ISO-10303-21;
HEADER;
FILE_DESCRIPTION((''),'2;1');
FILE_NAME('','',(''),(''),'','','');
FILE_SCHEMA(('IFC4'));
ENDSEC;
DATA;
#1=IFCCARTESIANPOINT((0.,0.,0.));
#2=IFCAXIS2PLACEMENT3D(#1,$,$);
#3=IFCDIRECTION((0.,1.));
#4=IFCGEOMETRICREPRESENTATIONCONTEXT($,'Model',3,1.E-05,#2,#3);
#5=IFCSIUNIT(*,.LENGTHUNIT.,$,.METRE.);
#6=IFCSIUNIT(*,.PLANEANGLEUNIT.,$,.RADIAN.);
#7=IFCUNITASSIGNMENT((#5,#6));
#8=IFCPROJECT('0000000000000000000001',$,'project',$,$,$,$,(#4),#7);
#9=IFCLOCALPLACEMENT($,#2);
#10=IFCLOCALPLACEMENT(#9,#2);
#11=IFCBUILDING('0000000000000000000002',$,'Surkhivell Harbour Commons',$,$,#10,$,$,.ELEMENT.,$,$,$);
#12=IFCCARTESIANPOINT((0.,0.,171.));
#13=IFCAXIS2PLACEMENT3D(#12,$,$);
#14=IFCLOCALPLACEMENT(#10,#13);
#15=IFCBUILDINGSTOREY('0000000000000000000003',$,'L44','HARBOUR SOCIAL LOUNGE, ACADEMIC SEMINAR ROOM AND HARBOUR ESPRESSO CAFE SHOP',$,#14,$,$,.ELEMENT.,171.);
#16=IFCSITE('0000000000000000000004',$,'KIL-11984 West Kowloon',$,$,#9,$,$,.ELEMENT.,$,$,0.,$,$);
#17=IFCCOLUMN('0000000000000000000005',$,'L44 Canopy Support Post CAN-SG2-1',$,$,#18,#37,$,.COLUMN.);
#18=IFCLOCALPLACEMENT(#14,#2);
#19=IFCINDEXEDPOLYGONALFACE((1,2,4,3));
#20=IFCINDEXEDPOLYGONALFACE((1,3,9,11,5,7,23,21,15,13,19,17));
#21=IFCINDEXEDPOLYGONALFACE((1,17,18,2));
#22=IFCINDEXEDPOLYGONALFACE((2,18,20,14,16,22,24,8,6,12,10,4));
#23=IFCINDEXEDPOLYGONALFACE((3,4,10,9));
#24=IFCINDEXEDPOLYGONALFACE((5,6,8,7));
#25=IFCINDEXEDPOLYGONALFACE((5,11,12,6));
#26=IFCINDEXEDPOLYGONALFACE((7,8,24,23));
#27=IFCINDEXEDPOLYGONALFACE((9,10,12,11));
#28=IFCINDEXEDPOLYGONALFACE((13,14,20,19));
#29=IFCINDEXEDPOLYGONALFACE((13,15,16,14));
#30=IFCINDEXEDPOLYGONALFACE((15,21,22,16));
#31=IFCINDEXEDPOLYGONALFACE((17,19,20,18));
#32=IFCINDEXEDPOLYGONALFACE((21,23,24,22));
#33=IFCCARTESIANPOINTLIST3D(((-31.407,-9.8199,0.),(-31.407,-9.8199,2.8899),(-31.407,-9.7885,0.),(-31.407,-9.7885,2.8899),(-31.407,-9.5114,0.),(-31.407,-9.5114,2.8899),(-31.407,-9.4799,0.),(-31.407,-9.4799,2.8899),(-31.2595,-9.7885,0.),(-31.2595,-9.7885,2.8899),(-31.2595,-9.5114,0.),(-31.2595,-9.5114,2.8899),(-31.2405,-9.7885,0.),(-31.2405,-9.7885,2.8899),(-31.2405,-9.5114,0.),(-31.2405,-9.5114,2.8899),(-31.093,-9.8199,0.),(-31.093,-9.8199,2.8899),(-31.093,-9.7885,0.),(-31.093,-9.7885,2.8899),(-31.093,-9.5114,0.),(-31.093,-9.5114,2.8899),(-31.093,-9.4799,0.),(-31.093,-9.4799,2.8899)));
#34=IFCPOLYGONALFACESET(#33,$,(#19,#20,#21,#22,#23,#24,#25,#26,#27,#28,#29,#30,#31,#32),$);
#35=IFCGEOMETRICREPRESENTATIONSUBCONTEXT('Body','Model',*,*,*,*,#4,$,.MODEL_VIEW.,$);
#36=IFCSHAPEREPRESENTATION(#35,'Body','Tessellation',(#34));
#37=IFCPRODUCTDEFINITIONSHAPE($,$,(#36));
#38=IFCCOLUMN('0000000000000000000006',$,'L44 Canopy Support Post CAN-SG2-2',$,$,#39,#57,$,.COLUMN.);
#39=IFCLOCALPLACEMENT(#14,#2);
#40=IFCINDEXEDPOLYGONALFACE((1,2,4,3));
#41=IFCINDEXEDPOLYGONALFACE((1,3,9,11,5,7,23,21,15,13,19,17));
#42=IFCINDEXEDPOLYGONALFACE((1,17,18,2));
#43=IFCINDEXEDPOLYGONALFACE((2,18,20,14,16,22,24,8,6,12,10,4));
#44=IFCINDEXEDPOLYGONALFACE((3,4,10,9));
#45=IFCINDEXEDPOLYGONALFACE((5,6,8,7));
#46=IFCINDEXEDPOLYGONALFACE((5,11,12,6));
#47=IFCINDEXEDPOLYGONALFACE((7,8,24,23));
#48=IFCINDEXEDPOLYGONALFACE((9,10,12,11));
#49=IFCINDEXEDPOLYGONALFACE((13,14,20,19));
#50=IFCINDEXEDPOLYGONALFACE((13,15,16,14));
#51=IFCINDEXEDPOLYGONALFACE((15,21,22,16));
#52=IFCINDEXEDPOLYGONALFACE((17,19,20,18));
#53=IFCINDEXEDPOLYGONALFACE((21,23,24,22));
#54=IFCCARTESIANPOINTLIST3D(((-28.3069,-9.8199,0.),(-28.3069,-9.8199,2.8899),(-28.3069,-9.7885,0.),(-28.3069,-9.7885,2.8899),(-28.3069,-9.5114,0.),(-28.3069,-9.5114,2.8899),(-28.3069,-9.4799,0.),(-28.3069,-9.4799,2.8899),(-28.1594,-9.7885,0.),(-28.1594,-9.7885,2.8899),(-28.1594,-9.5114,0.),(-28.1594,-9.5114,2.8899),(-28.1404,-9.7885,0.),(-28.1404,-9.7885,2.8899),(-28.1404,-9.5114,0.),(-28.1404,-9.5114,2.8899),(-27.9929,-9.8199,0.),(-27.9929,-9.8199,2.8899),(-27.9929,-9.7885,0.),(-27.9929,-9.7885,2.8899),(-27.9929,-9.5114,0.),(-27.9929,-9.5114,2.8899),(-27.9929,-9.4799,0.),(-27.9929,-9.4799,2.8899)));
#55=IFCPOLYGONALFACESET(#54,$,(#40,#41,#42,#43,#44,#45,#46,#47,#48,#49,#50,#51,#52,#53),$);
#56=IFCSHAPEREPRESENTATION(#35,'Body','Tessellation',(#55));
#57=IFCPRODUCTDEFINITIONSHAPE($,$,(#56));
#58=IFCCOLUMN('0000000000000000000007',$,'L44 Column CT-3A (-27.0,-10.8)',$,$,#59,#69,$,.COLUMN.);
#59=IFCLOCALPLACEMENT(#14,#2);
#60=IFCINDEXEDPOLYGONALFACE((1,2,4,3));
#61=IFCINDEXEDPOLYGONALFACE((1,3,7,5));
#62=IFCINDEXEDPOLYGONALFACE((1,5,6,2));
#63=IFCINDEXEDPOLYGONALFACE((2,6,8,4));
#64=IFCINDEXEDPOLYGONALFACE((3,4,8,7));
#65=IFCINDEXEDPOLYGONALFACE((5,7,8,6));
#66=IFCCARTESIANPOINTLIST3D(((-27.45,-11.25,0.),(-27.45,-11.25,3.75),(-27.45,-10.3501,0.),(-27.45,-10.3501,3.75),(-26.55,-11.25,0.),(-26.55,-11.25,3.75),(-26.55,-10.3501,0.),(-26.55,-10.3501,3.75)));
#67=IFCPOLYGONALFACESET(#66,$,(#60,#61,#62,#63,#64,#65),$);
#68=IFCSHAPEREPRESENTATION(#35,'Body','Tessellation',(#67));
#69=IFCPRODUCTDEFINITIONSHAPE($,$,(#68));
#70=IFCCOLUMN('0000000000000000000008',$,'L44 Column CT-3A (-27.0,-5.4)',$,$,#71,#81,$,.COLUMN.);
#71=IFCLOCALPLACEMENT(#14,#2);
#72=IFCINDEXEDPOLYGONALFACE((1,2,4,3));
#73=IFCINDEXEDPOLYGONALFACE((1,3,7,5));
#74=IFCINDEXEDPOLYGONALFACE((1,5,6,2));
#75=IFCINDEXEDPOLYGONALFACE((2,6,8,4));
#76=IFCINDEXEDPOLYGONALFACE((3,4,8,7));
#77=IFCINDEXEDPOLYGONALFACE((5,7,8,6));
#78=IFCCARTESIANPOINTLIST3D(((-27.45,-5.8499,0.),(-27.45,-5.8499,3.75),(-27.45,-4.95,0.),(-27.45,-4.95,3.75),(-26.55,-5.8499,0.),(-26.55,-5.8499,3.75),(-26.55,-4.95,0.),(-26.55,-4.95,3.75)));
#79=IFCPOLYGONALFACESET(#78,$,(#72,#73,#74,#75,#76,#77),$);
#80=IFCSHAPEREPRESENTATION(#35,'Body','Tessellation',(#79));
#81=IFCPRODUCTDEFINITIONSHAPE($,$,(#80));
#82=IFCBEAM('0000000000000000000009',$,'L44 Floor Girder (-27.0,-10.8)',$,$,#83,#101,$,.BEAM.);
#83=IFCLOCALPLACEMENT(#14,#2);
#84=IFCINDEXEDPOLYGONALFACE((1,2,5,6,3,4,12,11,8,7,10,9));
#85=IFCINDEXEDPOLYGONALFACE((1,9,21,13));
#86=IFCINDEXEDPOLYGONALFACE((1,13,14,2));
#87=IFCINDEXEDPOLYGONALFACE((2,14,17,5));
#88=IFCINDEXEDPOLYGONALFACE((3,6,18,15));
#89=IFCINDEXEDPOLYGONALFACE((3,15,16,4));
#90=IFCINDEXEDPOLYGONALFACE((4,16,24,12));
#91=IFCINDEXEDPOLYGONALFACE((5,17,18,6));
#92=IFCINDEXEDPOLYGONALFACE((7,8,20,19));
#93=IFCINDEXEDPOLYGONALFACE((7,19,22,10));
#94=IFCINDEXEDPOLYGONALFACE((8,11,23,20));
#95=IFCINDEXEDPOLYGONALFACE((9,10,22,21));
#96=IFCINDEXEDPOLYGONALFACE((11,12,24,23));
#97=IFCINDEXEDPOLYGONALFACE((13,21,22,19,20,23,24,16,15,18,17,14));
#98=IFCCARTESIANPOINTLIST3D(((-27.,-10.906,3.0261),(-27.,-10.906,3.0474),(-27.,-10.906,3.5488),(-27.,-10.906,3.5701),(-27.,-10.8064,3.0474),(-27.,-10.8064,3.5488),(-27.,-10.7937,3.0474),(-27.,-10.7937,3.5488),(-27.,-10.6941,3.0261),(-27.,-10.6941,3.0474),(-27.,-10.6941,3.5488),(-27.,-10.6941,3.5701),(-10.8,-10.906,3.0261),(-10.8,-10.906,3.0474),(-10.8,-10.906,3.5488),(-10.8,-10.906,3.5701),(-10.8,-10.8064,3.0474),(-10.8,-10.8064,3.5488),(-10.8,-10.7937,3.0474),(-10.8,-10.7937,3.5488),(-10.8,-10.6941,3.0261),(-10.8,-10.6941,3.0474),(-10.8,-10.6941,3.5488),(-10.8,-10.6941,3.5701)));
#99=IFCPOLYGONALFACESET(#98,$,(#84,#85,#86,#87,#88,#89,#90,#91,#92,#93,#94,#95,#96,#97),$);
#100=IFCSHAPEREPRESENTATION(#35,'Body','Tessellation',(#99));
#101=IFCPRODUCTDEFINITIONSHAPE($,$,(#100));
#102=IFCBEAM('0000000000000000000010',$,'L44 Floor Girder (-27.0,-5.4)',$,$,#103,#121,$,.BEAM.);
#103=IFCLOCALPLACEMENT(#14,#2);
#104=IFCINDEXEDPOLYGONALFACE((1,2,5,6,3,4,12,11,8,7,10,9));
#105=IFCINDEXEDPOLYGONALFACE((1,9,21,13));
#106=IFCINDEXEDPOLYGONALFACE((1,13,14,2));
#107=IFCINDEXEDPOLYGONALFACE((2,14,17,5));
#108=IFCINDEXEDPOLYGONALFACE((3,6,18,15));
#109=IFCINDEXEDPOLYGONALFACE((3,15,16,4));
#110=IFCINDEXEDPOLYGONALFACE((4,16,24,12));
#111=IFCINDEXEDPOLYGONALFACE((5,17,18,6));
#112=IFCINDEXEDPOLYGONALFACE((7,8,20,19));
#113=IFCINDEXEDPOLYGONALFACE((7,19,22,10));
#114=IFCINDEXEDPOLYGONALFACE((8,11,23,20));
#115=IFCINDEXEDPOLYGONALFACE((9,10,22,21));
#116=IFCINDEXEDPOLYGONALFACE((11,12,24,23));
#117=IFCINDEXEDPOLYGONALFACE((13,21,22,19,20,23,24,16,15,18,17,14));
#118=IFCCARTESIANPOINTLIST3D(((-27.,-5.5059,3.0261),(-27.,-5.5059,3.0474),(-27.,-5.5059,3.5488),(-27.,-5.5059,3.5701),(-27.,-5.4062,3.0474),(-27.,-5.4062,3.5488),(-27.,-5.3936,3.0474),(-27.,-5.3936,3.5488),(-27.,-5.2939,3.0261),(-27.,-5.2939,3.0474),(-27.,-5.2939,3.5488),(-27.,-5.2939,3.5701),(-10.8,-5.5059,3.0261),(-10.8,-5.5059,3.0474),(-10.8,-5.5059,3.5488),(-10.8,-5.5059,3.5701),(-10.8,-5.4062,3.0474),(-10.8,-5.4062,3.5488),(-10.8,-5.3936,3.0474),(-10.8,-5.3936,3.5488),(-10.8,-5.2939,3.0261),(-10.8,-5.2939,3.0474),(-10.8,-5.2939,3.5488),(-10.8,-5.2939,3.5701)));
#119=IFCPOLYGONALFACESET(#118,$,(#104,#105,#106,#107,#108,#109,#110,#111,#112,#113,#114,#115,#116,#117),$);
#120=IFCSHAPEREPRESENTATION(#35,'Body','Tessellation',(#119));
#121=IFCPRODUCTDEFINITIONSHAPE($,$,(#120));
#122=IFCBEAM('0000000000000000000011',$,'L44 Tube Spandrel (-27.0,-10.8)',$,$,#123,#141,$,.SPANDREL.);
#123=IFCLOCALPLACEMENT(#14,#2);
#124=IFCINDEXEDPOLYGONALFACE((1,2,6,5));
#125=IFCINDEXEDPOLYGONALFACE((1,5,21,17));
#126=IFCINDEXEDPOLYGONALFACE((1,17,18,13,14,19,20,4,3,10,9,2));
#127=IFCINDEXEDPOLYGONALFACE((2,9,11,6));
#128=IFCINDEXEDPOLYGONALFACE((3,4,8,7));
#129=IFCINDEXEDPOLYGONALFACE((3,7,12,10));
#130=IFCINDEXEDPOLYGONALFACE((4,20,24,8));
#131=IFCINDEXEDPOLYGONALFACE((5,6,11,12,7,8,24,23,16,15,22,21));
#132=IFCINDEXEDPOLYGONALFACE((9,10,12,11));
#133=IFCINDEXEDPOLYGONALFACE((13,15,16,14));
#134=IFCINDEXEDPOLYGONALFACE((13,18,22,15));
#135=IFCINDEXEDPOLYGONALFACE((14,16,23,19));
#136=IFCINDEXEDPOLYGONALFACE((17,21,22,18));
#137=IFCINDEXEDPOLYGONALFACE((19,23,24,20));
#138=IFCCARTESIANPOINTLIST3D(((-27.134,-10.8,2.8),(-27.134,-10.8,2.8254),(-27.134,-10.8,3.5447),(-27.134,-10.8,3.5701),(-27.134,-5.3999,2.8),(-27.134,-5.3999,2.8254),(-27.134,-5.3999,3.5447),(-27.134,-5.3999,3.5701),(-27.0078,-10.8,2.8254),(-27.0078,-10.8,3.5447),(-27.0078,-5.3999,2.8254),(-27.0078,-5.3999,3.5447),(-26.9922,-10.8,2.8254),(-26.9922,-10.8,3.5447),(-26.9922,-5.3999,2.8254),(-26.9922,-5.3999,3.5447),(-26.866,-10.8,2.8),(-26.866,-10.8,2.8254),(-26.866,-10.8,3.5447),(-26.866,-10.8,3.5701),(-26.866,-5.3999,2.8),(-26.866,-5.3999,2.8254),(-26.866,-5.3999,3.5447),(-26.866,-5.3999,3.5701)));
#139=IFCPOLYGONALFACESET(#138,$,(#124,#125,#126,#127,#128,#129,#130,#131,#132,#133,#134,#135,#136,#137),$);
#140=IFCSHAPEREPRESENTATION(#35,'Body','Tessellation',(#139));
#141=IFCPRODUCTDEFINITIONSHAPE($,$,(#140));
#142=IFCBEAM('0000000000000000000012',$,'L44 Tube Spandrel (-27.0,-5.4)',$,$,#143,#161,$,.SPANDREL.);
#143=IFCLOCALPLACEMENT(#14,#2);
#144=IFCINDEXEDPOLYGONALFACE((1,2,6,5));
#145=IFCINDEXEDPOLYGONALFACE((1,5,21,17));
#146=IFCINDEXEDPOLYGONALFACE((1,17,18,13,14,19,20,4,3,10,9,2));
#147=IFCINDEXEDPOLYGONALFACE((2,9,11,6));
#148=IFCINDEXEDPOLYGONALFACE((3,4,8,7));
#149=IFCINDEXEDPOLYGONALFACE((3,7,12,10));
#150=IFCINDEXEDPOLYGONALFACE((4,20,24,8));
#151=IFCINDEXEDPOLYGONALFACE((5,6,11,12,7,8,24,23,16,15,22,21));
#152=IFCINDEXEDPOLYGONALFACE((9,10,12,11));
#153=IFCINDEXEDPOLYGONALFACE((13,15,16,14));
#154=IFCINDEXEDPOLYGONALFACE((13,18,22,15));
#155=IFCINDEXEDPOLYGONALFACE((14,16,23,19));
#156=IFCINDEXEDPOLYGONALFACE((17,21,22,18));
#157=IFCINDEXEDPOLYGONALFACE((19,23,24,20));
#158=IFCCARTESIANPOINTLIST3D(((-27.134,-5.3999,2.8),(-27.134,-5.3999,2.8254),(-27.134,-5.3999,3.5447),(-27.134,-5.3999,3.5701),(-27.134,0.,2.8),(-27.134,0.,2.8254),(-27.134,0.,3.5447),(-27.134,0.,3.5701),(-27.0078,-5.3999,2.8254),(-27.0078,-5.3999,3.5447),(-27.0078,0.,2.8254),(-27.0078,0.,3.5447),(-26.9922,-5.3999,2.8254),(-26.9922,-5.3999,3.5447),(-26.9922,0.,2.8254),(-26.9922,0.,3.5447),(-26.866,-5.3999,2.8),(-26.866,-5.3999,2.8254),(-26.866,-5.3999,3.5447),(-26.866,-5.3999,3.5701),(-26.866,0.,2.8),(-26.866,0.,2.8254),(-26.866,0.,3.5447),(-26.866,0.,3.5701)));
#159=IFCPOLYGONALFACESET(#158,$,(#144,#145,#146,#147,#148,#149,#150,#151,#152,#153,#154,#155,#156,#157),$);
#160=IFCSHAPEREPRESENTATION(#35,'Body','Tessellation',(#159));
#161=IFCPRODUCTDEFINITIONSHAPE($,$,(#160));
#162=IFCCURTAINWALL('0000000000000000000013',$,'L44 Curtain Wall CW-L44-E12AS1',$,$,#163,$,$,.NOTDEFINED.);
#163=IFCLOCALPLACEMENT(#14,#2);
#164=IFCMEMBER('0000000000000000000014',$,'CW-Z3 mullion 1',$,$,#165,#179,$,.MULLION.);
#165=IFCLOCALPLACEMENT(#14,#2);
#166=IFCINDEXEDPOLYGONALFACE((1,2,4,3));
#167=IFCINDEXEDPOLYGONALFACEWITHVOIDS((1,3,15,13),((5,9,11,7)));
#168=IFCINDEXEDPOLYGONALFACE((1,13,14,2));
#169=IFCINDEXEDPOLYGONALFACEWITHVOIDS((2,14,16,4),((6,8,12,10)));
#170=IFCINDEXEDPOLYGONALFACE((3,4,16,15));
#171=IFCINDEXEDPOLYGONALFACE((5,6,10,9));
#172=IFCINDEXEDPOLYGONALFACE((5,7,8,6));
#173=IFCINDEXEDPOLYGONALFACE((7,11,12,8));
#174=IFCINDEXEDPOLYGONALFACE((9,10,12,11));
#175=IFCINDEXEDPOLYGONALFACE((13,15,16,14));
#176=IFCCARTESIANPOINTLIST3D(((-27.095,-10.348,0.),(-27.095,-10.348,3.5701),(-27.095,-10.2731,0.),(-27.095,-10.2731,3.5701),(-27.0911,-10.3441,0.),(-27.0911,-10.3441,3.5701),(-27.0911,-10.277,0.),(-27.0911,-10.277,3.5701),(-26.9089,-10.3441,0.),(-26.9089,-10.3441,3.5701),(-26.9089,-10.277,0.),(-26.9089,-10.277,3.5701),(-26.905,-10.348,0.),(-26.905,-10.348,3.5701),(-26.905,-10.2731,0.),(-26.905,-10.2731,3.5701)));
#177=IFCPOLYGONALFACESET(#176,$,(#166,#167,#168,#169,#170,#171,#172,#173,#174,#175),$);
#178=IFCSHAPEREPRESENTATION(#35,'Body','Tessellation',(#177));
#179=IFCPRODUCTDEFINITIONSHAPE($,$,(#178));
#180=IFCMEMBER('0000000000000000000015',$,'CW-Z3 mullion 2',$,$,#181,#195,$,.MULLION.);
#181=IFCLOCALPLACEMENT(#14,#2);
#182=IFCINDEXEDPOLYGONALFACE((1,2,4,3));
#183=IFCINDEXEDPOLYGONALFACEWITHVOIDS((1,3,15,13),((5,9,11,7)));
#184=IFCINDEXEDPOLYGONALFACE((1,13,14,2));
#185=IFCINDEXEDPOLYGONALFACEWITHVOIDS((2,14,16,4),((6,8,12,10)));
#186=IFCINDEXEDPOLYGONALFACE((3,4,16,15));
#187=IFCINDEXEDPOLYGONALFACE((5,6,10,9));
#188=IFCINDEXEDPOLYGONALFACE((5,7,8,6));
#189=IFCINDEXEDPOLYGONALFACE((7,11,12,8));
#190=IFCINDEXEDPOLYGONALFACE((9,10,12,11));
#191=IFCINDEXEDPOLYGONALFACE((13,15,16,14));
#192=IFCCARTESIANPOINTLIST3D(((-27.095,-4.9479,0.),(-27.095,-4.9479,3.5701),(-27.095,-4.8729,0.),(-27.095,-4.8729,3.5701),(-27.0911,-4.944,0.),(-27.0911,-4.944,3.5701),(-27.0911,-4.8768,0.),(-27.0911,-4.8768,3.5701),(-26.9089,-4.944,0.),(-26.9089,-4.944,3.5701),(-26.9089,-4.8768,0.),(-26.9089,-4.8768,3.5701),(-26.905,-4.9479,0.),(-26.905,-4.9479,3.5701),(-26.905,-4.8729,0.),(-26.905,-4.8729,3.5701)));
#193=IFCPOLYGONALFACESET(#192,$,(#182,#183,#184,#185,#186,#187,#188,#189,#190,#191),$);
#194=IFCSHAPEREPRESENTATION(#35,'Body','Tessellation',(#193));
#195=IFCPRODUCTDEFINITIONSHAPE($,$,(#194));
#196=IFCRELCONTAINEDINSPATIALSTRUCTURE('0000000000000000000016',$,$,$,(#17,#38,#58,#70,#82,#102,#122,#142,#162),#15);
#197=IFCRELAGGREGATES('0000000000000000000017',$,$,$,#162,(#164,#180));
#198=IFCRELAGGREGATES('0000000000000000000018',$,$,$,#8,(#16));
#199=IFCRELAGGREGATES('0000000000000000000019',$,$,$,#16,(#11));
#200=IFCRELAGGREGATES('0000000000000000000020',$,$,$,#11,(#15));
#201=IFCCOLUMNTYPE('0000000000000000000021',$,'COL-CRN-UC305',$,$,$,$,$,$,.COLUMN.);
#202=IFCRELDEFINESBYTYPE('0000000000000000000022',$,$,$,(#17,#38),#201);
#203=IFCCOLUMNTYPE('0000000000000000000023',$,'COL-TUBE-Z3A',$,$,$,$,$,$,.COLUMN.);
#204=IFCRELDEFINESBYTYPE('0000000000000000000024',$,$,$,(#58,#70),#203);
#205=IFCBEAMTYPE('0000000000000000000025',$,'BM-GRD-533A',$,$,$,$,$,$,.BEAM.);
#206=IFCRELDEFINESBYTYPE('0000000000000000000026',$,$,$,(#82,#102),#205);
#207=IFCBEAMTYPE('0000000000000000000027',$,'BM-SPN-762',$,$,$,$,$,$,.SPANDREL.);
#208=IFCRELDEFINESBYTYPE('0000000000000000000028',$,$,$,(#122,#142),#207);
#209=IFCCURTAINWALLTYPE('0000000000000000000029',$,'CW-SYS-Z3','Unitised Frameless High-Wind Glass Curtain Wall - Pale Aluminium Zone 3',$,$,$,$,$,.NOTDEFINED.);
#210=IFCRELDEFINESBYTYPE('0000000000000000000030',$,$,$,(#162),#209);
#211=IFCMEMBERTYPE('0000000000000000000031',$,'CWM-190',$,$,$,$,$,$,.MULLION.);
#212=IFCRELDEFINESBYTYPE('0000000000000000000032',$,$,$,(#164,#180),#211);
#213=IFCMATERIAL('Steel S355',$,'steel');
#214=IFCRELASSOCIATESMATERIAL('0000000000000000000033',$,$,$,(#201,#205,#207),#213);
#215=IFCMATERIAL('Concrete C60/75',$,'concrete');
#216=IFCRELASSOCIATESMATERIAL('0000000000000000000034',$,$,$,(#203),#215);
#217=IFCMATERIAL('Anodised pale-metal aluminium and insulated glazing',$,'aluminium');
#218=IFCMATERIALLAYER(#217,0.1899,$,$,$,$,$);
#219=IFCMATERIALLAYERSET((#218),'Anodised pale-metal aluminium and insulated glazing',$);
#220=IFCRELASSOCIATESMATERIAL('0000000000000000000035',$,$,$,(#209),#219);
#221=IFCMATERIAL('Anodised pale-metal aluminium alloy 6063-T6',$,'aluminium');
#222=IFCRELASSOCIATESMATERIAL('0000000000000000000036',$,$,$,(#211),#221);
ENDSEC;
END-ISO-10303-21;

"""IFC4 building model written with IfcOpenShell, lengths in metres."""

from ifc_helpers import new_model, si_unit, direction, frame, origin, origin_2d, place, context, subcontext, project, spatial, rectangle, hollow_rectangle, i_section, extrude, material, layer, layer_set, material_profile, profile_set, type_object, element, aggregate, save


model = new_model("IFC4")

# Units and contexts
model_context = context("Model", 3, precision=1e-05, world=origin(), true_north=direction((0.0, 1.0)))
body_context = subcontext(model_context, "Body", "Model", "MODEL_VIEW")
ifc_project = project(units=[si_unit("LENGTHUNIT", "METRE"), si_unit("PLANEANGLEUNIT", "RADIAN")], contexts=[model_context])

# Site, building, storey
site_placement = place(None, origin())
site = spatial("IfcSite", under=ifc_project, at=site_placement, Name="KIL-11984 West Kowloon", CompositionType="ELEMENT", RefElevation=0.0)
building_placement = place(site_placement, origin())
building = spatial("IfcBuilding", under=site, at=building_placement, Name="Surkhivell Harbour Commons", CompositionType="ELEMENT")
storey_placement = place(building_placement, frame((0.0, 0.0, 171.0)))
storey = spatial("IfcBuildingStorey", under=building, at=storey_placement, Name="L44", Description="HARBOUR SOCIAL LOUNGE, ACADEMIC SEMINAR ROOM AND HARBOUR ESPRESSO CAFE SHOP", CompositionType="ELEMENT", Elevation=171.0)

# Columns
ifc_material_1 = material(Name="Steel S355", Category="steel")
ifc_material_profile_1 = material_profile(ifc_material_1, i_section(OverallWidth=0.314, OverallDepth=0.3401, WebThickness=0.019, FlangeThickness=0.0315, at=origin_2d()), Name="UC305x305x198")
ifc_profile_set_1 = profile_set([ifc_material_profile_1], Name="Steel S355")
column_type_1 = type_object("IfcColumnType", Name="COL-CRN-UC305", PredefinedType="COLUMN", material=ifc_profile_set_1)
for number, where, z_axis, x_axis, name in (
    (1, (-31.25, -9.6499, 0.0), (0.0, 0.0, 1.0), (1.0, 0.0, 0.0), "L44 Canopy Support Post CAN-SG2-1"),
    (2, (-28.1499, -9.6499, 0.0), (0.0, 0.0, 1.0), (1.0, 0.0, 0.0), "L44 Canopy Support Post CAN-SG2-2"),
):
    element("IfcColumn", number, at=place(storey_placement, frame(where, z_axis=z_axis, x_axis=x_axis)), inside=storey, type_object=column_type_1, Name=name, PredefinedType="COLUMN", context=body_context, shape_type="SweptSolid", body=[
        extrude(i_section(OverallWidth=0.314, OverallDepth=0.3401, WebThickness=0.019, FlangeThickness=0.0315, at=origin_2d()), origin(), (0.0, 0.0, 1.0), 2.8899),
    ])
ifc_material_2 = material(Name="Concrete C60/75", Category="concrete")
ifc_material_profile_2 = material_profile(ifc_material_2, rectangle(XDim=0.8999, YDim=0.8999, at=origin_2d()), Name="RC-COL-900x900")
ifc_profile_set_2 = profile_set([ifc_material_profile_2], Name="Concrete C60/75")
column_type_2 = type_object("IfcColumnType", Name="COL-TUBE-Z3A", PredefinedType="COLUMN", material=ifc_profile_set_2)
for number, where, z_axis, x_axis, name in (
    (3, (-27.0, -10.8, 0.0), (0.0, 0.0, 1.0), (1.0, 0.0, 0.0), "L44 Column CT-3A (-27.0,-10.8)"),
    (4, (-27.0, -5.3999, 0.0), (0.0, 0.0, 1.0), (1.0, 0.0, 0.0), "L44 Column CT-3A (-27.0,-5.4)"),
):
    element("IfcColumn", number, at=place(storey_placement, frame(where, z_axis=z_axis, x_axis=x_axis)), inside=storey, type_object=column_type_2, Name=name, PredefinedType="COLUMN", context=body_context, shape_type="SweptSolid", body=[
        extrude(rectangle(XDim=0.8999, YDim=0.8999, at=origin_2d()), origin(), (0.0, 0.0, 1.0), 3.75),
    ])

# Beams
ifc_material_profile_3 = material_profile(ifc_material_1, i_section(OverallWidth=0.2119, OverallDepth=0.5439, WebThickness=0.0127, FlangeThickness=0.0212, at=origin_2d()), Name="UB533x210x122")
ifc_profile_set_3 = profile_set([ifc_material_profile_3], Name="Steel S355")
beam_type_1 = type_object("IfcBeamType", Name="BM-GRD-533A", PredefinedType="BEAM", material=ifc_profile_set_3)
for number, where, z_axis, x_axis, name in (
    (5, (-27.0, -10.8, 3.2981), (1.0, 0.0, 0.0), (0.0, 1.0, 0.0), "L44 Floor Girder (-27.0,-10.8)"),
    (6, (-27.0, -5.3999, 3.2981), (1.0, 0.0, 0.0), (0.0, 1.0, 0.0), "L44 Floor Girder (-27.0,-5.4)"),
):
    element("IfcBeam", number, at=place(storey_placement, frame(where, z_axis=z_axis, x_axis=x_axis)), inside=storey, type_object=beam_type_1, Name=name, PredefinedType="BEAM", context=body_context, shape_type="SweptSolid", body=[
        extrude(i_section(OverallWidth=0.2119, OverallDepth=0.5439, WebThickness=0.0127, FlangeThickness=0.0212, at=origin_2d()), origin(), (0.0, 0.0, 1.0), 16.2),
    ])
ifc_material_profile_4 = material_profile(ifc_material_1, i_section(OverallWidth=0.2681, OverallDepth=0.77, WebThickness=0.0156, FlangeThickness=0.0254, at=origin_2d()), Name="UB762x267x197")
ifc_profile_set_4 = profile_set([ifc_material_profile_4], Name="Steel S355")
beam_type_2 = type_object("IfcBeamType", Name="BM-SPN-762", PredefinedType="SPANDREL", material=ifc_profile_set_4)
beam_1_placement = place(storey_placement, frame((-27.0, -10.8, 3.1851), z_axis=(0.0, 1.0, 0.0), x_axis=(-1.0, 0.0, 0.0)))
element("IfcBeam", 7, at=beam_1_placement, inside=storey, type_object=beam_type_2, Name="L44 Tube Spandrel (-27.0,-10.8)", PredefinedType="SPANDREL", context=body_context, shape_type="SweptSolid", body=[
    extrude(i_section(OverallWidth=0.2681, OverallDepth=0.77, WebThickness=0.0156, FlangeThickness=0.0254, at=origin_2d()), origin(), (0.0, 0.0, 1.0), 5.4001),
])
beam_2_placement = place(storey_placement, frame((-27.0, -5.3999, 3.1851), z_axis=(0.0, 1.0, 0.0), x_axis=(-1.0, 0.0, 0.0)))
element("IfcBeam", 8, at=beam_2_placement, inside=storey, type_object=beam_type_2, Name="L44 Tube Spandrel (-27.0,-5.4)", PredefinedType="SPANDREL", context=body_context, shape_type="SweptSolid", body=[
    extrude(i_section(OverallWidth=0.2681, OverallDepth=0.77, WebThickness=0.0156, FlangeThickness=0.0254, at=origin_2d()), origin(), (0.0, 0.0, 1.0), 5.3999),
])

# Curtain wall, members
ifc_material_3 = material(Name="Anodised pale-metal aluminium and insulated glazing", Category="aluminium")
ifc_layer_1 = layer(ifc_material_3, 0.1899)
ifc_layer_set_1 = layer_set([ifc_layer_1], Name="Anodised pale-metal aluminium and insulated glazing")
curtain_wall_type = type_object("IfcCurtainWallType", Name="CW-SYS-Z3", Description="Unitised Frameless High-Wind Glass Curtain Wall - Pale Aluminium Zone 3", PredefinedType="NOTDEFINED", material=ifc_layer_set_1)
curtain_wall_placement = place(storey_placement, origin())
curtain_wall = element("IfcCurtainWall", 9, at=curtain_wall_placement, inside=storey, type_object=curtain_wall_type, Name="L44 Curtain Wall CW-L44-E12AS1", PredefinedType="NOTDEFINED")
ifc_material_4 = material(Name="Anodised pale-metal aluminium alloy 6063-T6", Category="aluminium")
ifc_material_profile_5 = material_profile(ifc_material_4, hollow_rectangle(XDim=0.075, YDim=0.1899, WallThickness=0.0039, at=origin_2d()), Name="ALU-MULL-75x190")
ifc_profile_set_5 = profile_set([ifc_material_profile_5], Name="Anodised pale-metal aluminium alloy 6063-T6")
member_type_1 = type_object("IfcMemberType", Name="CWM-190", PredefinedType="MULLION", material=ifc_profile_set_5)
member_1_placement = place(storey_placement, frame((-27.0, -10.3105, 0.0), z_axis=(0.0, 0.0, 1.0), x_axis=(0.0, 1.0, 0.0)))
member_1 = element("IfcMember", 10, at=member_1_placement, type_object=member_type_1, Name="CW-Z3 mullion 1", PredefinedType="MULLION", context=body_context, shape_type="SweptSolid", body=[
    extrude(hollow_rectangle(XDim=0.075, YDim=0.1899, WallThickness=0.0039, at=origin_2d()), origin(), (0.0, 0.0, 1.0), 3.5701),
])
member_2_placement = place(storey_placement, frame((-27.0, -4.9104, 0.0), z_axis=(0.0, 0.0, 1.0), x_axis=(0.0, 1.0, 0.0)))
member_2 = element("IfcMember", 11, at=member_2_placement, type_object=member_type_1, Name="CW-Z3 mullion 2", PredefinedType="MULLION", context=body_context, shape_type="SweptSolid", body=[
    extrude(hollow_rectangle(XDim=0.075, YDim=0.1899, WallThickness=0.0039, at=origin_2d()), origin(), (0.0, 0.0, 1.0), 3.5701),
])

aggregate(curtain_wall, [member_1, member_2])

save(model, "model.ifc")
